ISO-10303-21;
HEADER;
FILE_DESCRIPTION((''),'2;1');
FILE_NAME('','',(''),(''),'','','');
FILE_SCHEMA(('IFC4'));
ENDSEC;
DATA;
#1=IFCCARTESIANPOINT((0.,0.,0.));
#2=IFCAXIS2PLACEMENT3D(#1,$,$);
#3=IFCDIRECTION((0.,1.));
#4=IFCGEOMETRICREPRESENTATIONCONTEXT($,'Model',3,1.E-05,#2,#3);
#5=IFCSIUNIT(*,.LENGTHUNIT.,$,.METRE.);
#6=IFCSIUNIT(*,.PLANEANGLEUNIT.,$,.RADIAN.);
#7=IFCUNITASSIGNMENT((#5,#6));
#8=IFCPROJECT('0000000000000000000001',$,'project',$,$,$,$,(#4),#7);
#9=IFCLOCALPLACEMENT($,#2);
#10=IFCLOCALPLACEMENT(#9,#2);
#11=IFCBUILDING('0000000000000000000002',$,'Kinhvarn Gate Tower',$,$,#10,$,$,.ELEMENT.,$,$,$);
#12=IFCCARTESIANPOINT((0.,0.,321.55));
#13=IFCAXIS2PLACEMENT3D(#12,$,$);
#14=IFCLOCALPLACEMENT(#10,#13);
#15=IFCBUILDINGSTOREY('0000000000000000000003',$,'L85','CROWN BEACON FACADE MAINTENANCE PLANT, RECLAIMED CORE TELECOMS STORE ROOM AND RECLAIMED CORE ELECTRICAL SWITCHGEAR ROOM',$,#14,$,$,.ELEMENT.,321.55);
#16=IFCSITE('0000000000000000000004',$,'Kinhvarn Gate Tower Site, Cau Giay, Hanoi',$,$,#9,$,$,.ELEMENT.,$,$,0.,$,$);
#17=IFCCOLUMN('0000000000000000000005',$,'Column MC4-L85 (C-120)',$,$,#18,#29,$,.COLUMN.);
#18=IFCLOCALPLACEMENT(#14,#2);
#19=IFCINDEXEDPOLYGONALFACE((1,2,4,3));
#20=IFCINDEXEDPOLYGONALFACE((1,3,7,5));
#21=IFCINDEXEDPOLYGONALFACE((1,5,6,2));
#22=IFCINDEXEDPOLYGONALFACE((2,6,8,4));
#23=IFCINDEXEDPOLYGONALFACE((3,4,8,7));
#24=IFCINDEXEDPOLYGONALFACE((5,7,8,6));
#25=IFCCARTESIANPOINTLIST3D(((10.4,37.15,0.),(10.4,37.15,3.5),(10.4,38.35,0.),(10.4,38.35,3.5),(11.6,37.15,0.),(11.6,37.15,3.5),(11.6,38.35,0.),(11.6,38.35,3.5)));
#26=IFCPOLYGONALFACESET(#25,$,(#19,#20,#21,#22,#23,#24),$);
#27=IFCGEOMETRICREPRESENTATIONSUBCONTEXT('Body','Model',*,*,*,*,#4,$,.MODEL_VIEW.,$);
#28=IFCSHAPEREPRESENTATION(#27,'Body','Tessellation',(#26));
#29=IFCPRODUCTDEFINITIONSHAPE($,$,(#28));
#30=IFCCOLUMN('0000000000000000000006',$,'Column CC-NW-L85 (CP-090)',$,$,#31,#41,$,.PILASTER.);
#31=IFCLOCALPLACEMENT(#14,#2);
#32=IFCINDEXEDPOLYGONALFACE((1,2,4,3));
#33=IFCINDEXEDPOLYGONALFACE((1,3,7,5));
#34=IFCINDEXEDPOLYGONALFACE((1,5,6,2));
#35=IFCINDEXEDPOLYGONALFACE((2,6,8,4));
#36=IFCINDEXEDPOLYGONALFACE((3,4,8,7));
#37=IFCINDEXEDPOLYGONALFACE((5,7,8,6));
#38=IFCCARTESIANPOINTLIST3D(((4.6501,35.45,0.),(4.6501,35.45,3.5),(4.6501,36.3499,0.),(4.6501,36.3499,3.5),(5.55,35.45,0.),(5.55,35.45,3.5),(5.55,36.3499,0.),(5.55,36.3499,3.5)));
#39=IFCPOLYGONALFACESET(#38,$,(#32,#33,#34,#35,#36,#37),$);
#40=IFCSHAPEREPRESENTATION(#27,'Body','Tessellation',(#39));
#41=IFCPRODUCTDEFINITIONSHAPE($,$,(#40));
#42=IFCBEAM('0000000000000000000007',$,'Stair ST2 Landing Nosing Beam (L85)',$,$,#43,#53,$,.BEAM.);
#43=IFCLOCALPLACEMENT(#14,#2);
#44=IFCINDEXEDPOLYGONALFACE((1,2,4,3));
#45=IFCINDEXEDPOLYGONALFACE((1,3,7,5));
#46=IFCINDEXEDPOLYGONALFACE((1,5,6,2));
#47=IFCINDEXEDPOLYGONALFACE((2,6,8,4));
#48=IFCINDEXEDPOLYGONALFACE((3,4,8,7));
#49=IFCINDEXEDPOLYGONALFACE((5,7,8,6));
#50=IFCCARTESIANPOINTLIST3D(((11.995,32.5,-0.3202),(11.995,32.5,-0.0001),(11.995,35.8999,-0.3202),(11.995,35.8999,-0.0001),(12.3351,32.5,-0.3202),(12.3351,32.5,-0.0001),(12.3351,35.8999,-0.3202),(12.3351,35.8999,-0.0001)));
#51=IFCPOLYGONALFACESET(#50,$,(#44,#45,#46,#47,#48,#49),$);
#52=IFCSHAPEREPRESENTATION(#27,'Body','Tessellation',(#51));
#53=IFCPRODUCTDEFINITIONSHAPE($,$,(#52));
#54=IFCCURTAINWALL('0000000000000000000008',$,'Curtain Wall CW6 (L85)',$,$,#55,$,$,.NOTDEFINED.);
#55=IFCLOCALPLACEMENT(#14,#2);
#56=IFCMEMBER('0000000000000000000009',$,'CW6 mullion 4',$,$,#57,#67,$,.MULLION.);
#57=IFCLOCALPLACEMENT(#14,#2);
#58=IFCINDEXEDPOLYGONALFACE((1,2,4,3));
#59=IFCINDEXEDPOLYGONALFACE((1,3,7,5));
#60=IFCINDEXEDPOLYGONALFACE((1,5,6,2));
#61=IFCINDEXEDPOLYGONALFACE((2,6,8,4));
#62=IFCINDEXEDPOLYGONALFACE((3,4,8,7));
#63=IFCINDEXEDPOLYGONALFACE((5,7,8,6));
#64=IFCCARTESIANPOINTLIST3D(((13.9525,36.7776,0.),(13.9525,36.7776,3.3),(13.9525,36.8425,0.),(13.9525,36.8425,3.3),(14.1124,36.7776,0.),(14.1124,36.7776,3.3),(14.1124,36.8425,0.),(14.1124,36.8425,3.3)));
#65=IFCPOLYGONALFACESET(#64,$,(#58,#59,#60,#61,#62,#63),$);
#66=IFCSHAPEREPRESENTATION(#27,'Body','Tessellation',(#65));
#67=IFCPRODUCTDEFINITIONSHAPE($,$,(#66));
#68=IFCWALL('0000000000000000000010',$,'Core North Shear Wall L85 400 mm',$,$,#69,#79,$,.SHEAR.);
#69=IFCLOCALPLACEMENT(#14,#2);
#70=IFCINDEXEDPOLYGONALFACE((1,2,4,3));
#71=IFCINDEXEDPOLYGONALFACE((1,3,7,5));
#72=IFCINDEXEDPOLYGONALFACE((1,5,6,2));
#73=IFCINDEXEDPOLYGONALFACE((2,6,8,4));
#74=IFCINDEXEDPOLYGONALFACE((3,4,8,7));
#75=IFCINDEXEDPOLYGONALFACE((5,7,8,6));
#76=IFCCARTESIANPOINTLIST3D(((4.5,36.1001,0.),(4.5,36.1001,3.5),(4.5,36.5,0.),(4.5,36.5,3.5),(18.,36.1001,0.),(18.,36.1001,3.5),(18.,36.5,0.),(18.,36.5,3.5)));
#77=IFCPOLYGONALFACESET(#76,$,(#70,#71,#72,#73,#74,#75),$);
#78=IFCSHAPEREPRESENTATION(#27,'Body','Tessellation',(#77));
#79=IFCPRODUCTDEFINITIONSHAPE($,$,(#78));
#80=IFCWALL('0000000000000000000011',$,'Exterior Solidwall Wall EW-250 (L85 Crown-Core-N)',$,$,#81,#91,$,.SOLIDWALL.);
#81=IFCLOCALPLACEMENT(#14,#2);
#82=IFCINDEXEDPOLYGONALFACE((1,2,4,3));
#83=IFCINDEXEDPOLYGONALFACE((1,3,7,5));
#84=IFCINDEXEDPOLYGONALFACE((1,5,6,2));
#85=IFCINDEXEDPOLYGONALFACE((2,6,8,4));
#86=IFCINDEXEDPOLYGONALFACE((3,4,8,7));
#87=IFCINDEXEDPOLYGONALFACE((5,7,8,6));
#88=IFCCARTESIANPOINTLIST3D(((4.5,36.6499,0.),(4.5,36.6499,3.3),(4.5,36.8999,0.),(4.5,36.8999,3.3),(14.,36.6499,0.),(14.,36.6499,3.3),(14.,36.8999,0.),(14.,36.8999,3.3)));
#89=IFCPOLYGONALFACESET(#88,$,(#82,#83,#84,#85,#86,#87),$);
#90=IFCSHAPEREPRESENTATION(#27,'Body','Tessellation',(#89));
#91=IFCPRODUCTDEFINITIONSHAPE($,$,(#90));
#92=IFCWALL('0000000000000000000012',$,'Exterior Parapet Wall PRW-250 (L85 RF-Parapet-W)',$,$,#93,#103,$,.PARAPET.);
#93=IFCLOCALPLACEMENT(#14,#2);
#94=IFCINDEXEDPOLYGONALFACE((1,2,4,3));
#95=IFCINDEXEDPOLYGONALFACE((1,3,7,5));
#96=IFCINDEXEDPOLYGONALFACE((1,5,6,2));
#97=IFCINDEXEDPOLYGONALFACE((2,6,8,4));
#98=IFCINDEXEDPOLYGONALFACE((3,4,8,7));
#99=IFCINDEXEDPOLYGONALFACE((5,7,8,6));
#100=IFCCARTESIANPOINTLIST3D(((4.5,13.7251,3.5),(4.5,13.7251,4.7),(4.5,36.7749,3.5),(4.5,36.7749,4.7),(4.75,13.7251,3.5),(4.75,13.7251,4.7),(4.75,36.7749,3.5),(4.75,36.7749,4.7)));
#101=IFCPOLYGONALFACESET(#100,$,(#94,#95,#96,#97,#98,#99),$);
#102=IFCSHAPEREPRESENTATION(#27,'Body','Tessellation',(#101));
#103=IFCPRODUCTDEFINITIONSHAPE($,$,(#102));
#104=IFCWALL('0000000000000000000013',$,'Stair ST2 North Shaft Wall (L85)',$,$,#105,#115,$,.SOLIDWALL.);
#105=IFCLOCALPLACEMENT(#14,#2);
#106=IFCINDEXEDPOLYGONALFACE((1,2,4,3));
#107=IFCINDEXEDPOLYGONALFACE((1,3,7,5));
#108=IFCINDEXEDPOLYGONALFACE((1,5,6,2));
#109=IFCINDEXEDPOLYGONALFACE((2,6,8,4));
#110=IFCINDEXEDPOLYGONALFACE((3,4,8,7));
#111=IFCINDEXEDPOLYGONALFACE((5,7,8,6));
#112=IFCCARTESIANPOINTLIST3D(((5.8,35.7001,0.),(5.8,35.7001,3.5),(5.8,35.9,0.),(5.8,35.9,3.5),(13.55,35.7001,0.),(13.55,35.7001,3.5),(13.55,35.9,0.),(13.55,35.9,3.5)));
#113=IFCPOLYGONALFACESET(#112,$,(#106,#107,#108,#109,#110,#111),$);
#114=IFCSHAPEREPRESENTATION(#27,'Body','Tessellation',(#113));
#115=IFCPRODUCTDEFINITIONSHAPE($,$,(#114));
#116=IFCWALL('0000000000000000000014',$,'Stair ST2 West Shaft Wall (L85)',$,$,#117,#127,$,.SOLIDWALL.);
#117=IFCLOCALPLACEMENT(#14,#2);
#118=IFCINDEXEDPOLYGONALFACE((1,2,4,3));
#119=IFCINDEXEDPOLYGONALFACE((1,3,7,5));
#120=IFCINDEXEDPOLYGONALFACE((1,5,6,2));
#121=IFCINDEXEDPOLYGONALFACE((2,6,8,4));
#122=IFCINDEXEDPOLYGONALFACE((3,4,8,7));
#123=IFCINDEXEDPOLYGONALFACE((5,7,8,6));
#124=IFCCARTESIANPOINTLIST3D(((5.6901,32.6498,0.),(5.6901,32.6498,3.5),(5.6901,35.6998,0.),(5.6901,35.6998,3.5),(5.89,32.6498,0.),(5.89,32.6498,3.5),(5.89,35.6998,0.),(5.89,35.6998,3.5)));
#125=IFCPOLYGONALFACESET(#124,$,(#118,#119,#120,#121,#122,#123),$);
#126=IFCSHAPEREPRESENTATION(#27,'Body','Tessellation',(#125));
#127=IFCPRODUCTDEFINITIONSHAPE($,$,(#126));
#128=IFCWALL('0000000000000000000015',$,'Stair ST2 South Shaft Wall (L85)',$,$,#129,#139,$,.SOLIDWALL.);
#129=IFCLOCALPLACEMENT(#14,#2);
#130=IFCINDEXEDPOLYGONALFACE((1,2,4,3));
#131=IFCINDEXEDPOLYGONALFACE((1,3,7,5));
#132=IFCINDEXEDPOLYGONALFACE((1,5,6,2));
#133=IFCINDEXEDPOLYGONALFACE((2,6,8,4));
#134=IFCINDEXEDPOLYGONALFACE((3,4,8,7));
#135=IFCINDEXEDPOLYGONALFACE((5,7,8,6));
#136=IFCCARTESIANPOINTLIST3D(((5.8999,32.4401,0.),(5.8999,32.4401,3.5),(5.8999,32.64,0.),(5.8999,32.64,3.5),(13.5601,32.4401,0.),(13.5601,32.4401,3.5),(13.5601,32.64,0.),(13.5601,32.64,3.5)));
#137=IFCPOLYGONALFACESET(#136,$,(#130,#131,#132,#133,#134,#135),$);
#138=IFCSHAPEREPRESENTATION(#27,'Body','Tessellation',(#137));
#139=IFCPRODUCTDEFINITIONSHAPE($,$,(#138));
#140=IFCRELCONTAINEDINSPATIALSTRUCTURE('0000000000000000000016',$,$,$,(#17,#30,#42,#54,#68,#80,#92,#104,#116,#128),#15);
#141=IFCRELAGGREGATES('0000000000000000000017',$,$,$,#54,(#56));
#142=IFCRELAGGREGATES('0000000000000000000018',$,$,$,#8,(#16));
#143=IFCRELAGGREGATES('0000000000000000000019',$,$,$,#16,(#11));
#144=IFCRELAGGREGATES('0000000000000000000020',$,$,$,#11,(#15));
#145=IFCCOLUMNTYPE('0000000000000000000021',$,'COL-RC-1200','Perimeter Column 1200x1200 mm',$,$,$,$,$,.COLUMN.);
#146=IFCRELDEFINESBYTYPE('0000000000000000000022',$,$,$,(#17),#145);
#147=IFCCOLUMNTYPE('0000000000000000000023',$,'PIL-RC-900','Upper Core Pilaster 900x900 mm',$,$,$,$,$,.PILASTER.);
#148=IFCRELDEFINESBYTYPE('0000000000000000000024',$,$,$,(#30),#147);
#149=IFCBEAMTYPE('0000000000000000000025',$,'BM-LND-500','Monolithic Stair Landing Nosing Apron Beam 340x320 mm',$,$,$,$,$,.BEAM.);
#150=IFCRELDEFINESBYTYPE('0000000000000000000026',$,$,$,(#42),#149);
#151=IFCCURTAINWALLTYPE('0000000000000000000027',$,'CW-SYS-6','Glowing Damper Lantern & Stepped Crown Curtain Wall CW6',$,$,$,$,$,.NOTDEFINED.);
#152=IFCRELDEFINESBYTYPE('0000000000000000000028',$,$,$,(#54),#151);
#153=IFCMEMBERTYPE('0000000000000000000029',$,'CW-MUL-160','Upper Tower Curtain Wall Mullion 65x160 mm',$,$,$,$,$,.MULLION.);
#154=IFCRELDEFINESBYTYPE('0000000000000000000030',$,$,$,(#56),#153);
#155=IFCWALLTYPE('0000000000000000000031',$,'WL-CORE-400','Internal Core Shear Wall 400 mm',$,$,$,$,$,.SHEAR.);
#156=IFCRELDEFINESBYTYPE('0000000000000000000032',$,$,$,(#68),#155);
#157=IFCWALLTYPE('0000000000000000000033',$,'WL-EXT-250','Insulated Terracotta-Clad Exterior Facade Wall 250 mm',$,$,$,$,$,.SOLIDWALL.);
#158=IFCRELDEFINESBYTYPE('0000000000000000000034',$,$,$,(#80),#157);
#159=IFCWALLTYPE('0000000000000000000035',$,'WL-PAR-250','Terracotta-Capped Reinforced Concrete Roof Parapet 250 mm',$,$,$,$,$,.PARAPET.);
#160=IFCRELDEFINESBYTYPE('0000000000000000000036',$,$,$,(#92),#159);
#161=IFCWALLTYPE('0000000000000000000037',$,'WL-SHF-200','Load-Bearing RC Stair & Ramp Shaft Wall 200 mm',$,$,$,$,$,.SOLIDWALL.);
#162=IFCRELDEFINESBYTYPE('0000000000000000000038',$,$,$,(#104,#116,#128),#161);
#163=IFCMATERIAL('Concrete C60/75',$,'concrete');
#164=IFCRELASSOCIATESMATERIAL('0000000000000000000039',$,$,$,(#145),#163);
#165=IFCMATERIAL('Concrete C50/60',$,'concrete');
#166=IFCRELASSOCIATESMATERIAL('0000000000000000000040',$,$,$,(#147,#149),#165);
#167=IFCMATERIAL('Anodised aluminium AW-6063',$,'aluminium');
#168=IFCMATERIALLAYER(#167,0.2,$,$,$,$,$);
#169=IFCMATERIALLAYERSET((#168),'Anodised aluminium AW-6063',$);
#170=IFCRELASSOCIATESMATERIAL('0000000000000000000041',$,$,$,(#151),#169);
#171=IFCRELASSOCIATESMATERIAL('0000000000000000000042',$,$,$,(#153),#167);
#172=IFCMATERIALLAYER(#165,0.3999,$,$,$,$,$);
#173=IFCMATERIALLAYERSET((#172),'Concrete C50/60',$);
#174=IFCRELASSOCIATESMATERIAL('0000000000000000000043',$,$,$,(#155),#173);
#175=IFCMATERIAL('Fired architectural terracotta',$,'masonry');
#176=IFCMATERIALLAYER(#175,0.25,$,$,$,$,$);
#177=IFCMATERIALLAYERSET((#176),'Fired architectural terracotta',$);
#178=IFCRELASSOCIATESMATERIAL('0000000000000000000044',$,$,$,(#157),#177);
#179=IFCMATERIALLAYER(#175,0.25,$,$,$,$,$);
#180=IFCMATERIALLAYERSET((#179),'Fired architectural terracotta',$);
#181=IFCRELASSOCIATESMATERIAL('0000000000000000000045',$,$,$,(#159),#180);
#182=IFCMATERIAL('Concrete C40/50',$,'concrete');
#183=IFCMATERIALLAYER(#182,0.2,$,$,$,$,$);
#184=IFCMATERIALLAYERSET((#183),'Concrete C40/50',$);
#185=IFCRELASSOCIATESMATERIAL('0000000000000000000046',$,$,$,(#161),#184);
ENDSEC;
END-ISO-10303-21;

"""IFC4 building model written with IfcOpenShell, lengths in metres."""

from ifc_helpers import new_model, si_unit, direction, frame, frame_2d, origin, origin_2d, place, context, subcontext, project, spatial, rectangle, extrude, material, layer, layer_set, material_profile, profile_set, type_object, element, aggregate, save


model = new_model("IFC4")

# Units and contexts
model_context = context("Model", 3, precision=1e-05, world=origin(), true_north=direction((0.0, 1.0)))
body_context = subcontext(model_context, "Body", "Model", "MODEL_VIEW")
ifc_project = project(units=[si_unit("LENGTHUNIT", "METRE"), si_unit("PLANEANGLEUNIT", "RADIAN")], contexts=[model_context])

# Site, building, storey
site_placement = place(None, origin())
site = spatial("IfcSite", under=ifc_project, at=site_placement, Name="Kinhvarn Gate Tower Site, Cau Giay, Hanoi", CompositionType="ELEMENT", RefElevation=0.0)
building_placement = place(site_placement, origin())
building = spatial("IfcBuilding", under=site, at=building_placement, Name="Kinhvarn Gate Tower", CompositionType="ELEMENT")
storey_placement = place(building_placement, frame((0.0, 0.0, 321.55)))
storey = spatial("IfcBuildingStorey", under=building, at=storey_placement, Name="L85", Description="CROWN BEACON FACADE MAINTENANCE PLANT, RECLAIMED CORE TELECOMS STORE ROOM AND RECLAIMED CORE ELECTRICAL SWITCHGEAR ROOM", CompositionType="ELEMENT", Elevation=321.55)

# Columns
ifc_material_1 = material(Name="Concrete C60/75", Category="concrete")
ifc_material_profile_1 = material_profile(ifc_material_1, rectangle(XDim=1.2, YDim=1.2, at=origin_2d()), Name="RC 1200x1200")
ifc_profile_set_1 = profile_set([ifc_material_profile_1], Name="Concrete C60/75")
column_type_1 = type_object("IfcColumnType", Name="COL-RC-1200", Description="Perimeter Column 1200x1200 mm", PredefinedType="COLUMN", material=ifc_profile_set_1)
column_1_placement = place(storey_placement, frame((11.0, 37.75, 0.0), z_axis=(0.0, 0.0, 1.0), x_axis=(1.0, 0.0, 0.0)))
element("IfcColumn", 1, at=column_1_placement, inside=storey, type_object=column_type_1, Name="Column MC4-L85 (C-120)", PredefinedType="COLUMN", context=body_context, shape_type="SweptSolid", body=[
    extrude(rectangle(XDim=1.2, YDim=1.2, at=origin_2d()), origin(), (0.0, 0.0, 1.0), 3.5),
])
ifc_material_2 = material(Name="Concrete C50/60", Category="concrete")
ifc_material_profile_2 = material_profile(ifc_material_2, rectangle(XDim=0.8999, YDim=0.8999, at=origin_2d()), Name="RC 900x900")
ifc_profile_set_2 = profile_set([ifc_material_profile_2], Name="Concrete C50/60")
column_type_2 = type_object("IfcColumnType", Name="PIL-RC-900", Description="Upper Core Pilaster 900x900 mm", PredefinedType="PILASTER", material=ifc_profile_set_2)
column_2_placement = place(storey_placement, frame((5.1001, 35.8999, 0.0), z_axis=(0.0, 0.0, 1.0), x_axis=(1.0, 0.0, 0.0)))
element("IfcColumn", 2, at=column_2_placement, inside=storey, type_object=column_type_2, Name="Column CC-NW-L85 (CP-090)", PredefinedType="PILASTER", context=body_context, shape_type="SweptSolid", body=[
    extrude(rectangle(XDim=0.8999, YDim=0.8999, at=origin_2d()), origin(), (0.0, 0.0, 1.0), 3.5),
])

# Beam
ifc_material_profile_3 = material_profile(ifc_material_2, rectangle(XDim=0.3401, YDim=0.3201, at=origin_2d()), Name="RC 340x320")
ifc_profile_set_3 = profile_set([ifc_material_profile_3], Name="Concrete C50/60")
beam_type = type_object("IfcBeamType", Name="BM-LND-500", Description="Monolithic Stair Landing Nosing Apron Beam 340x320 mm", PredefinedType="BEAM", material=ifc_profile_set_3)
beam_placement = place(storey_placement, frame((12.165, 32.5, -0.1602), z_axis=(0.0, 1.0, 0.0), x_axis=(-1.0, 0.0, 0.0)))
element("IfcBeam", 3, at=beam_placement, inside=storey, type_object=beam_type, Name="Stair ST2 Landing Nosing Beam (L85)", PredefinedType="BEAM", context=body_context, shape_type="SweptSolid", body=[
    extrude(rectangle(XDim=0.3401, YDim=0.3201, at=origin_2d()), origin(), (0.0, 0.0, 1.0), 3.3999),
])

# Curtain wall, member
ifc_material_3 = material(Name="Anodised aluminium AW-6063", Category="aluminium")
ifc_layer_1 = layer(ifc_material_3, 0.2)
ifc_layer_set_1 = layer_set([ifc_layer_1], Name="Anodised aluminium AW-6063")
curtain_wall_type = type_object("IfcCurtainWallType", Name="CW-SYS-6", Description="Glowing Damper Lantern & Stepped Crown Curtain Wall CW6", PredefinedType="NOTDEFINED", material=ifc_layer_set_1)
curtain_wall_placement = place(storey_placement, origin())
curtain_wall = element("IfcCurtainWall", 4, at=curtain_wall_placement, inside=storey, type_object=curtain_wall_type, Name="Curtain Wall CW6 (L85)", PredefinedType="NOTDEFINED")
ifc_material_profile_4 = material_profile(ifc_material_3, rectangle(XDim=0.0649, YDim=0.1599, at=origin_2d()), Name="ALU 65x160")
ifc_profile_set_4 = profile_set([ifc_material_profile_4], Name="Anodised aluminium AW-6063")
member_type = type_object("IfcMemberType", Name="CW-MUL-160", Description="Upper Tower Curtain Wall Mullion 65x160 mm", PredefinedType="MULLION", material=ifc_profile_set_4)
member_placement = place(storey_placement, frame((14.0325, 36.8101, 0.0), z_axis=(0.0, 0.0, 1.0), x_axis=(0.0, -1.0, 0.0)))
member = element("IfcMember", 5, at=member_placement, type_object=member_type, Name="CW6 mullion 4", PredefinedType="MULLION", context=body_context, shape_type="SweptSolid", body=[
    extrude(rectangle(XDim=0.0649, YDim=0.1599, at=origin_2d()), origin(), (0.0, 0.0, 1.0), 3.3),
])
aggregate(curtain_wall, [member])

# Walls
ifc_layer_2 = layer(ifc_material_2, 0.3999)
ifc_layer_set_2 = layer_set([ifc_layer_2], Name="Concrete C50/60")
wall_type_1 = type_object("IfcWallType", Name="WL-CORE-400", Description="Internal Core Shear Wall 400 mm", PredefinedType="SHEAR", material=ifc_layer_set_2)
wall_1_placement = place(storey_placement, frame((4.5, 36.3, 0.0), z_axis=(0.0, 0.0, 1.0), x_axis=(1.0, 0.0, 0.0)))
element("IfcWall", 6, at=wall_1_placement, inside=storey, type_object=wall_type_1, Name="Core North Shear Wall L85 400 mm", PredefinedType="SHEAR", context=body_context, shape_type="SweptSolid", body=[
    extrude(rectangle(XDim=13.5, YDim=0.3999, at=frame_2d((6.75, 0.0))), origin(), (0.0, 0.0, 1.0), 3.5),
])
ifc_material_4 = material(Name="Fired architectural terracotta", Category="masonry")
ifc_layer_3 = layer(ifc_material_4, 0.25)
ifc_layer_set_3 = layer_set([ifc_layer_3], Name="Fired architectural terracotta")
wall_type_2 = type_object("IfcWallType", Name="WL-EXT-250", Description="Insulated Terracotta-Clad Exterior Facade Wall 250 mm", PredefinedType="SOLIDWALL", material=ifc_layer_set_3)
wall_2_placement = place(storey_placement, frame((14.0, 36.7749, 0.0), z_axis=(0.0, 0.0, 1.0), x_axis=(-1.0, 0.0, 0.0)))
element("IfcWall", 7, at=wall_2_placement, inside=storey, type_object=wall_type_2, Name="Exterior Solidwall Wall EW-250 (L85 Crown-Core-N)", PredefinedType="SOLIDWALL", context=body_context, shape_type="SweptSolid", body=[
    extrude(rectangle(XDim=9.5, YDim=0.25, at=frame_2d((4.75, 0.0))), origin(), (0.0, 0.0, 1.0), 3.3),
])
ifc_layer_4 = layer(ifc_material_4, 0.25)
ifc_layer_set_4 = layer_set([ifc_layer_4], Name="Fired architectural terracotta")
wall_type_3 = type_object("IfcWallType", Name="WL-PAR-250", Description="Terracotta-Capped Reinforced Concrete Roof Parapet 250 mm", PredefinedType="PARAPET", material=ifc_layer_set_4)
wall_3_placement = place(storey_placement, frame((4.625, 36.7749, 3.5), z_axis=(0.0, 0.0, 1.0), x_axis=(0.0, -1.0, 0.0)))
element("IfcWall", 8, at=wall_3_placement, inside=storey, type_object=wall_type_3, Name="Exterior Parapet Wall PRW-250 (L85 RF-Parapet-W)", PredefinedType="PARAPET", context=body_context, shape_type="SweptSolid", body=[
    extrude(rectangle(XDim=23.0498, YDim=0.25, at=frame_2d((11.5249, 0.0))), origin(), (0.0, 0.0, 1.0), 1.2),
])
ifc_material_5 = material(Name="Concrete C40/50", Category="concrete")
ifc_layer_5 = layer(ifc_material_5, 0.2)
ifc_layer_set_5 = layer_set([ifc_layer_5], Name="Concrete C40/50")
wall_type_4 = type_object("IfcWallType", Name="WL-SHF-200", Description="Load-Bearing RC Stair & Ramp Shaft Wall 200 mm", PredefinedType="SOLIDWALL", material=ifc_layer_set_5)
wall_4_placement = place(storey_placement, frame((5.8, 35.8, 0.0), z_axis=(0.0, 0.0, 1.0), x_axis=(1.0, 0.0, 0.0)))
element("IfcWall", 9, at=wall_4_placement, inside=storey, type_object=wall_type_4, Name="Stair ST2 North Shaft Wall (L85)", PredefinedType="SOLIDWALL", context=body_context, shape_type="SweptSolid", body=[
    extrude(rectangle(XDim=7.75, YDim=0.2, at=frame_2d((3.875, 0.0))), origin(), (0.0, 0.0, 1.0), 3.5),
])
wall_5_placement = place(storey_placement, frame((5.79, 32.6499, 0.0), z_axis=(0.0, 0.0, 1.0), x_axis=(0.0, 1.0, 0.0)))
element("IfcWall", 10, at=wall_5_placement, inside=storey, type_object=wall_type_4, Name="Stair ST2 West Shaft Wall (L85)", PredefinedType="SOLIDWALL", context=body_context, shape_type="SweptSolid", body=[
    extrude(rectangle(XDim=3.05, YDim=0.2, at=frame_2d((1.5249, 0.0))), origin(), (0.0, 0.0, 1.0), 3.5),
])
wall_6_placement = place(storey_placement, frame((5.8999, 32.54, 0.0), z_axis=(0.0, 0.0, 1.0), x_axis=(1.0, 0.0, 0.0)))
element("IfcWall", 11, at=wall_6_placement, inside=storey, type_object=wall_type_4, Name="Stair ST2 South Shaft Wall (L85)", PredefinedType="SOLIDWALL", context=body_context, shape_type="SweptSolid", body=[
    extrude(rectangle(XDim=7.6602, YDim=0.2, at=frame_2d((3.8301, 0.0))), origin(), (0.0, 0.0, 1.0), 3.5),
])

save(model, "model.ifc")
